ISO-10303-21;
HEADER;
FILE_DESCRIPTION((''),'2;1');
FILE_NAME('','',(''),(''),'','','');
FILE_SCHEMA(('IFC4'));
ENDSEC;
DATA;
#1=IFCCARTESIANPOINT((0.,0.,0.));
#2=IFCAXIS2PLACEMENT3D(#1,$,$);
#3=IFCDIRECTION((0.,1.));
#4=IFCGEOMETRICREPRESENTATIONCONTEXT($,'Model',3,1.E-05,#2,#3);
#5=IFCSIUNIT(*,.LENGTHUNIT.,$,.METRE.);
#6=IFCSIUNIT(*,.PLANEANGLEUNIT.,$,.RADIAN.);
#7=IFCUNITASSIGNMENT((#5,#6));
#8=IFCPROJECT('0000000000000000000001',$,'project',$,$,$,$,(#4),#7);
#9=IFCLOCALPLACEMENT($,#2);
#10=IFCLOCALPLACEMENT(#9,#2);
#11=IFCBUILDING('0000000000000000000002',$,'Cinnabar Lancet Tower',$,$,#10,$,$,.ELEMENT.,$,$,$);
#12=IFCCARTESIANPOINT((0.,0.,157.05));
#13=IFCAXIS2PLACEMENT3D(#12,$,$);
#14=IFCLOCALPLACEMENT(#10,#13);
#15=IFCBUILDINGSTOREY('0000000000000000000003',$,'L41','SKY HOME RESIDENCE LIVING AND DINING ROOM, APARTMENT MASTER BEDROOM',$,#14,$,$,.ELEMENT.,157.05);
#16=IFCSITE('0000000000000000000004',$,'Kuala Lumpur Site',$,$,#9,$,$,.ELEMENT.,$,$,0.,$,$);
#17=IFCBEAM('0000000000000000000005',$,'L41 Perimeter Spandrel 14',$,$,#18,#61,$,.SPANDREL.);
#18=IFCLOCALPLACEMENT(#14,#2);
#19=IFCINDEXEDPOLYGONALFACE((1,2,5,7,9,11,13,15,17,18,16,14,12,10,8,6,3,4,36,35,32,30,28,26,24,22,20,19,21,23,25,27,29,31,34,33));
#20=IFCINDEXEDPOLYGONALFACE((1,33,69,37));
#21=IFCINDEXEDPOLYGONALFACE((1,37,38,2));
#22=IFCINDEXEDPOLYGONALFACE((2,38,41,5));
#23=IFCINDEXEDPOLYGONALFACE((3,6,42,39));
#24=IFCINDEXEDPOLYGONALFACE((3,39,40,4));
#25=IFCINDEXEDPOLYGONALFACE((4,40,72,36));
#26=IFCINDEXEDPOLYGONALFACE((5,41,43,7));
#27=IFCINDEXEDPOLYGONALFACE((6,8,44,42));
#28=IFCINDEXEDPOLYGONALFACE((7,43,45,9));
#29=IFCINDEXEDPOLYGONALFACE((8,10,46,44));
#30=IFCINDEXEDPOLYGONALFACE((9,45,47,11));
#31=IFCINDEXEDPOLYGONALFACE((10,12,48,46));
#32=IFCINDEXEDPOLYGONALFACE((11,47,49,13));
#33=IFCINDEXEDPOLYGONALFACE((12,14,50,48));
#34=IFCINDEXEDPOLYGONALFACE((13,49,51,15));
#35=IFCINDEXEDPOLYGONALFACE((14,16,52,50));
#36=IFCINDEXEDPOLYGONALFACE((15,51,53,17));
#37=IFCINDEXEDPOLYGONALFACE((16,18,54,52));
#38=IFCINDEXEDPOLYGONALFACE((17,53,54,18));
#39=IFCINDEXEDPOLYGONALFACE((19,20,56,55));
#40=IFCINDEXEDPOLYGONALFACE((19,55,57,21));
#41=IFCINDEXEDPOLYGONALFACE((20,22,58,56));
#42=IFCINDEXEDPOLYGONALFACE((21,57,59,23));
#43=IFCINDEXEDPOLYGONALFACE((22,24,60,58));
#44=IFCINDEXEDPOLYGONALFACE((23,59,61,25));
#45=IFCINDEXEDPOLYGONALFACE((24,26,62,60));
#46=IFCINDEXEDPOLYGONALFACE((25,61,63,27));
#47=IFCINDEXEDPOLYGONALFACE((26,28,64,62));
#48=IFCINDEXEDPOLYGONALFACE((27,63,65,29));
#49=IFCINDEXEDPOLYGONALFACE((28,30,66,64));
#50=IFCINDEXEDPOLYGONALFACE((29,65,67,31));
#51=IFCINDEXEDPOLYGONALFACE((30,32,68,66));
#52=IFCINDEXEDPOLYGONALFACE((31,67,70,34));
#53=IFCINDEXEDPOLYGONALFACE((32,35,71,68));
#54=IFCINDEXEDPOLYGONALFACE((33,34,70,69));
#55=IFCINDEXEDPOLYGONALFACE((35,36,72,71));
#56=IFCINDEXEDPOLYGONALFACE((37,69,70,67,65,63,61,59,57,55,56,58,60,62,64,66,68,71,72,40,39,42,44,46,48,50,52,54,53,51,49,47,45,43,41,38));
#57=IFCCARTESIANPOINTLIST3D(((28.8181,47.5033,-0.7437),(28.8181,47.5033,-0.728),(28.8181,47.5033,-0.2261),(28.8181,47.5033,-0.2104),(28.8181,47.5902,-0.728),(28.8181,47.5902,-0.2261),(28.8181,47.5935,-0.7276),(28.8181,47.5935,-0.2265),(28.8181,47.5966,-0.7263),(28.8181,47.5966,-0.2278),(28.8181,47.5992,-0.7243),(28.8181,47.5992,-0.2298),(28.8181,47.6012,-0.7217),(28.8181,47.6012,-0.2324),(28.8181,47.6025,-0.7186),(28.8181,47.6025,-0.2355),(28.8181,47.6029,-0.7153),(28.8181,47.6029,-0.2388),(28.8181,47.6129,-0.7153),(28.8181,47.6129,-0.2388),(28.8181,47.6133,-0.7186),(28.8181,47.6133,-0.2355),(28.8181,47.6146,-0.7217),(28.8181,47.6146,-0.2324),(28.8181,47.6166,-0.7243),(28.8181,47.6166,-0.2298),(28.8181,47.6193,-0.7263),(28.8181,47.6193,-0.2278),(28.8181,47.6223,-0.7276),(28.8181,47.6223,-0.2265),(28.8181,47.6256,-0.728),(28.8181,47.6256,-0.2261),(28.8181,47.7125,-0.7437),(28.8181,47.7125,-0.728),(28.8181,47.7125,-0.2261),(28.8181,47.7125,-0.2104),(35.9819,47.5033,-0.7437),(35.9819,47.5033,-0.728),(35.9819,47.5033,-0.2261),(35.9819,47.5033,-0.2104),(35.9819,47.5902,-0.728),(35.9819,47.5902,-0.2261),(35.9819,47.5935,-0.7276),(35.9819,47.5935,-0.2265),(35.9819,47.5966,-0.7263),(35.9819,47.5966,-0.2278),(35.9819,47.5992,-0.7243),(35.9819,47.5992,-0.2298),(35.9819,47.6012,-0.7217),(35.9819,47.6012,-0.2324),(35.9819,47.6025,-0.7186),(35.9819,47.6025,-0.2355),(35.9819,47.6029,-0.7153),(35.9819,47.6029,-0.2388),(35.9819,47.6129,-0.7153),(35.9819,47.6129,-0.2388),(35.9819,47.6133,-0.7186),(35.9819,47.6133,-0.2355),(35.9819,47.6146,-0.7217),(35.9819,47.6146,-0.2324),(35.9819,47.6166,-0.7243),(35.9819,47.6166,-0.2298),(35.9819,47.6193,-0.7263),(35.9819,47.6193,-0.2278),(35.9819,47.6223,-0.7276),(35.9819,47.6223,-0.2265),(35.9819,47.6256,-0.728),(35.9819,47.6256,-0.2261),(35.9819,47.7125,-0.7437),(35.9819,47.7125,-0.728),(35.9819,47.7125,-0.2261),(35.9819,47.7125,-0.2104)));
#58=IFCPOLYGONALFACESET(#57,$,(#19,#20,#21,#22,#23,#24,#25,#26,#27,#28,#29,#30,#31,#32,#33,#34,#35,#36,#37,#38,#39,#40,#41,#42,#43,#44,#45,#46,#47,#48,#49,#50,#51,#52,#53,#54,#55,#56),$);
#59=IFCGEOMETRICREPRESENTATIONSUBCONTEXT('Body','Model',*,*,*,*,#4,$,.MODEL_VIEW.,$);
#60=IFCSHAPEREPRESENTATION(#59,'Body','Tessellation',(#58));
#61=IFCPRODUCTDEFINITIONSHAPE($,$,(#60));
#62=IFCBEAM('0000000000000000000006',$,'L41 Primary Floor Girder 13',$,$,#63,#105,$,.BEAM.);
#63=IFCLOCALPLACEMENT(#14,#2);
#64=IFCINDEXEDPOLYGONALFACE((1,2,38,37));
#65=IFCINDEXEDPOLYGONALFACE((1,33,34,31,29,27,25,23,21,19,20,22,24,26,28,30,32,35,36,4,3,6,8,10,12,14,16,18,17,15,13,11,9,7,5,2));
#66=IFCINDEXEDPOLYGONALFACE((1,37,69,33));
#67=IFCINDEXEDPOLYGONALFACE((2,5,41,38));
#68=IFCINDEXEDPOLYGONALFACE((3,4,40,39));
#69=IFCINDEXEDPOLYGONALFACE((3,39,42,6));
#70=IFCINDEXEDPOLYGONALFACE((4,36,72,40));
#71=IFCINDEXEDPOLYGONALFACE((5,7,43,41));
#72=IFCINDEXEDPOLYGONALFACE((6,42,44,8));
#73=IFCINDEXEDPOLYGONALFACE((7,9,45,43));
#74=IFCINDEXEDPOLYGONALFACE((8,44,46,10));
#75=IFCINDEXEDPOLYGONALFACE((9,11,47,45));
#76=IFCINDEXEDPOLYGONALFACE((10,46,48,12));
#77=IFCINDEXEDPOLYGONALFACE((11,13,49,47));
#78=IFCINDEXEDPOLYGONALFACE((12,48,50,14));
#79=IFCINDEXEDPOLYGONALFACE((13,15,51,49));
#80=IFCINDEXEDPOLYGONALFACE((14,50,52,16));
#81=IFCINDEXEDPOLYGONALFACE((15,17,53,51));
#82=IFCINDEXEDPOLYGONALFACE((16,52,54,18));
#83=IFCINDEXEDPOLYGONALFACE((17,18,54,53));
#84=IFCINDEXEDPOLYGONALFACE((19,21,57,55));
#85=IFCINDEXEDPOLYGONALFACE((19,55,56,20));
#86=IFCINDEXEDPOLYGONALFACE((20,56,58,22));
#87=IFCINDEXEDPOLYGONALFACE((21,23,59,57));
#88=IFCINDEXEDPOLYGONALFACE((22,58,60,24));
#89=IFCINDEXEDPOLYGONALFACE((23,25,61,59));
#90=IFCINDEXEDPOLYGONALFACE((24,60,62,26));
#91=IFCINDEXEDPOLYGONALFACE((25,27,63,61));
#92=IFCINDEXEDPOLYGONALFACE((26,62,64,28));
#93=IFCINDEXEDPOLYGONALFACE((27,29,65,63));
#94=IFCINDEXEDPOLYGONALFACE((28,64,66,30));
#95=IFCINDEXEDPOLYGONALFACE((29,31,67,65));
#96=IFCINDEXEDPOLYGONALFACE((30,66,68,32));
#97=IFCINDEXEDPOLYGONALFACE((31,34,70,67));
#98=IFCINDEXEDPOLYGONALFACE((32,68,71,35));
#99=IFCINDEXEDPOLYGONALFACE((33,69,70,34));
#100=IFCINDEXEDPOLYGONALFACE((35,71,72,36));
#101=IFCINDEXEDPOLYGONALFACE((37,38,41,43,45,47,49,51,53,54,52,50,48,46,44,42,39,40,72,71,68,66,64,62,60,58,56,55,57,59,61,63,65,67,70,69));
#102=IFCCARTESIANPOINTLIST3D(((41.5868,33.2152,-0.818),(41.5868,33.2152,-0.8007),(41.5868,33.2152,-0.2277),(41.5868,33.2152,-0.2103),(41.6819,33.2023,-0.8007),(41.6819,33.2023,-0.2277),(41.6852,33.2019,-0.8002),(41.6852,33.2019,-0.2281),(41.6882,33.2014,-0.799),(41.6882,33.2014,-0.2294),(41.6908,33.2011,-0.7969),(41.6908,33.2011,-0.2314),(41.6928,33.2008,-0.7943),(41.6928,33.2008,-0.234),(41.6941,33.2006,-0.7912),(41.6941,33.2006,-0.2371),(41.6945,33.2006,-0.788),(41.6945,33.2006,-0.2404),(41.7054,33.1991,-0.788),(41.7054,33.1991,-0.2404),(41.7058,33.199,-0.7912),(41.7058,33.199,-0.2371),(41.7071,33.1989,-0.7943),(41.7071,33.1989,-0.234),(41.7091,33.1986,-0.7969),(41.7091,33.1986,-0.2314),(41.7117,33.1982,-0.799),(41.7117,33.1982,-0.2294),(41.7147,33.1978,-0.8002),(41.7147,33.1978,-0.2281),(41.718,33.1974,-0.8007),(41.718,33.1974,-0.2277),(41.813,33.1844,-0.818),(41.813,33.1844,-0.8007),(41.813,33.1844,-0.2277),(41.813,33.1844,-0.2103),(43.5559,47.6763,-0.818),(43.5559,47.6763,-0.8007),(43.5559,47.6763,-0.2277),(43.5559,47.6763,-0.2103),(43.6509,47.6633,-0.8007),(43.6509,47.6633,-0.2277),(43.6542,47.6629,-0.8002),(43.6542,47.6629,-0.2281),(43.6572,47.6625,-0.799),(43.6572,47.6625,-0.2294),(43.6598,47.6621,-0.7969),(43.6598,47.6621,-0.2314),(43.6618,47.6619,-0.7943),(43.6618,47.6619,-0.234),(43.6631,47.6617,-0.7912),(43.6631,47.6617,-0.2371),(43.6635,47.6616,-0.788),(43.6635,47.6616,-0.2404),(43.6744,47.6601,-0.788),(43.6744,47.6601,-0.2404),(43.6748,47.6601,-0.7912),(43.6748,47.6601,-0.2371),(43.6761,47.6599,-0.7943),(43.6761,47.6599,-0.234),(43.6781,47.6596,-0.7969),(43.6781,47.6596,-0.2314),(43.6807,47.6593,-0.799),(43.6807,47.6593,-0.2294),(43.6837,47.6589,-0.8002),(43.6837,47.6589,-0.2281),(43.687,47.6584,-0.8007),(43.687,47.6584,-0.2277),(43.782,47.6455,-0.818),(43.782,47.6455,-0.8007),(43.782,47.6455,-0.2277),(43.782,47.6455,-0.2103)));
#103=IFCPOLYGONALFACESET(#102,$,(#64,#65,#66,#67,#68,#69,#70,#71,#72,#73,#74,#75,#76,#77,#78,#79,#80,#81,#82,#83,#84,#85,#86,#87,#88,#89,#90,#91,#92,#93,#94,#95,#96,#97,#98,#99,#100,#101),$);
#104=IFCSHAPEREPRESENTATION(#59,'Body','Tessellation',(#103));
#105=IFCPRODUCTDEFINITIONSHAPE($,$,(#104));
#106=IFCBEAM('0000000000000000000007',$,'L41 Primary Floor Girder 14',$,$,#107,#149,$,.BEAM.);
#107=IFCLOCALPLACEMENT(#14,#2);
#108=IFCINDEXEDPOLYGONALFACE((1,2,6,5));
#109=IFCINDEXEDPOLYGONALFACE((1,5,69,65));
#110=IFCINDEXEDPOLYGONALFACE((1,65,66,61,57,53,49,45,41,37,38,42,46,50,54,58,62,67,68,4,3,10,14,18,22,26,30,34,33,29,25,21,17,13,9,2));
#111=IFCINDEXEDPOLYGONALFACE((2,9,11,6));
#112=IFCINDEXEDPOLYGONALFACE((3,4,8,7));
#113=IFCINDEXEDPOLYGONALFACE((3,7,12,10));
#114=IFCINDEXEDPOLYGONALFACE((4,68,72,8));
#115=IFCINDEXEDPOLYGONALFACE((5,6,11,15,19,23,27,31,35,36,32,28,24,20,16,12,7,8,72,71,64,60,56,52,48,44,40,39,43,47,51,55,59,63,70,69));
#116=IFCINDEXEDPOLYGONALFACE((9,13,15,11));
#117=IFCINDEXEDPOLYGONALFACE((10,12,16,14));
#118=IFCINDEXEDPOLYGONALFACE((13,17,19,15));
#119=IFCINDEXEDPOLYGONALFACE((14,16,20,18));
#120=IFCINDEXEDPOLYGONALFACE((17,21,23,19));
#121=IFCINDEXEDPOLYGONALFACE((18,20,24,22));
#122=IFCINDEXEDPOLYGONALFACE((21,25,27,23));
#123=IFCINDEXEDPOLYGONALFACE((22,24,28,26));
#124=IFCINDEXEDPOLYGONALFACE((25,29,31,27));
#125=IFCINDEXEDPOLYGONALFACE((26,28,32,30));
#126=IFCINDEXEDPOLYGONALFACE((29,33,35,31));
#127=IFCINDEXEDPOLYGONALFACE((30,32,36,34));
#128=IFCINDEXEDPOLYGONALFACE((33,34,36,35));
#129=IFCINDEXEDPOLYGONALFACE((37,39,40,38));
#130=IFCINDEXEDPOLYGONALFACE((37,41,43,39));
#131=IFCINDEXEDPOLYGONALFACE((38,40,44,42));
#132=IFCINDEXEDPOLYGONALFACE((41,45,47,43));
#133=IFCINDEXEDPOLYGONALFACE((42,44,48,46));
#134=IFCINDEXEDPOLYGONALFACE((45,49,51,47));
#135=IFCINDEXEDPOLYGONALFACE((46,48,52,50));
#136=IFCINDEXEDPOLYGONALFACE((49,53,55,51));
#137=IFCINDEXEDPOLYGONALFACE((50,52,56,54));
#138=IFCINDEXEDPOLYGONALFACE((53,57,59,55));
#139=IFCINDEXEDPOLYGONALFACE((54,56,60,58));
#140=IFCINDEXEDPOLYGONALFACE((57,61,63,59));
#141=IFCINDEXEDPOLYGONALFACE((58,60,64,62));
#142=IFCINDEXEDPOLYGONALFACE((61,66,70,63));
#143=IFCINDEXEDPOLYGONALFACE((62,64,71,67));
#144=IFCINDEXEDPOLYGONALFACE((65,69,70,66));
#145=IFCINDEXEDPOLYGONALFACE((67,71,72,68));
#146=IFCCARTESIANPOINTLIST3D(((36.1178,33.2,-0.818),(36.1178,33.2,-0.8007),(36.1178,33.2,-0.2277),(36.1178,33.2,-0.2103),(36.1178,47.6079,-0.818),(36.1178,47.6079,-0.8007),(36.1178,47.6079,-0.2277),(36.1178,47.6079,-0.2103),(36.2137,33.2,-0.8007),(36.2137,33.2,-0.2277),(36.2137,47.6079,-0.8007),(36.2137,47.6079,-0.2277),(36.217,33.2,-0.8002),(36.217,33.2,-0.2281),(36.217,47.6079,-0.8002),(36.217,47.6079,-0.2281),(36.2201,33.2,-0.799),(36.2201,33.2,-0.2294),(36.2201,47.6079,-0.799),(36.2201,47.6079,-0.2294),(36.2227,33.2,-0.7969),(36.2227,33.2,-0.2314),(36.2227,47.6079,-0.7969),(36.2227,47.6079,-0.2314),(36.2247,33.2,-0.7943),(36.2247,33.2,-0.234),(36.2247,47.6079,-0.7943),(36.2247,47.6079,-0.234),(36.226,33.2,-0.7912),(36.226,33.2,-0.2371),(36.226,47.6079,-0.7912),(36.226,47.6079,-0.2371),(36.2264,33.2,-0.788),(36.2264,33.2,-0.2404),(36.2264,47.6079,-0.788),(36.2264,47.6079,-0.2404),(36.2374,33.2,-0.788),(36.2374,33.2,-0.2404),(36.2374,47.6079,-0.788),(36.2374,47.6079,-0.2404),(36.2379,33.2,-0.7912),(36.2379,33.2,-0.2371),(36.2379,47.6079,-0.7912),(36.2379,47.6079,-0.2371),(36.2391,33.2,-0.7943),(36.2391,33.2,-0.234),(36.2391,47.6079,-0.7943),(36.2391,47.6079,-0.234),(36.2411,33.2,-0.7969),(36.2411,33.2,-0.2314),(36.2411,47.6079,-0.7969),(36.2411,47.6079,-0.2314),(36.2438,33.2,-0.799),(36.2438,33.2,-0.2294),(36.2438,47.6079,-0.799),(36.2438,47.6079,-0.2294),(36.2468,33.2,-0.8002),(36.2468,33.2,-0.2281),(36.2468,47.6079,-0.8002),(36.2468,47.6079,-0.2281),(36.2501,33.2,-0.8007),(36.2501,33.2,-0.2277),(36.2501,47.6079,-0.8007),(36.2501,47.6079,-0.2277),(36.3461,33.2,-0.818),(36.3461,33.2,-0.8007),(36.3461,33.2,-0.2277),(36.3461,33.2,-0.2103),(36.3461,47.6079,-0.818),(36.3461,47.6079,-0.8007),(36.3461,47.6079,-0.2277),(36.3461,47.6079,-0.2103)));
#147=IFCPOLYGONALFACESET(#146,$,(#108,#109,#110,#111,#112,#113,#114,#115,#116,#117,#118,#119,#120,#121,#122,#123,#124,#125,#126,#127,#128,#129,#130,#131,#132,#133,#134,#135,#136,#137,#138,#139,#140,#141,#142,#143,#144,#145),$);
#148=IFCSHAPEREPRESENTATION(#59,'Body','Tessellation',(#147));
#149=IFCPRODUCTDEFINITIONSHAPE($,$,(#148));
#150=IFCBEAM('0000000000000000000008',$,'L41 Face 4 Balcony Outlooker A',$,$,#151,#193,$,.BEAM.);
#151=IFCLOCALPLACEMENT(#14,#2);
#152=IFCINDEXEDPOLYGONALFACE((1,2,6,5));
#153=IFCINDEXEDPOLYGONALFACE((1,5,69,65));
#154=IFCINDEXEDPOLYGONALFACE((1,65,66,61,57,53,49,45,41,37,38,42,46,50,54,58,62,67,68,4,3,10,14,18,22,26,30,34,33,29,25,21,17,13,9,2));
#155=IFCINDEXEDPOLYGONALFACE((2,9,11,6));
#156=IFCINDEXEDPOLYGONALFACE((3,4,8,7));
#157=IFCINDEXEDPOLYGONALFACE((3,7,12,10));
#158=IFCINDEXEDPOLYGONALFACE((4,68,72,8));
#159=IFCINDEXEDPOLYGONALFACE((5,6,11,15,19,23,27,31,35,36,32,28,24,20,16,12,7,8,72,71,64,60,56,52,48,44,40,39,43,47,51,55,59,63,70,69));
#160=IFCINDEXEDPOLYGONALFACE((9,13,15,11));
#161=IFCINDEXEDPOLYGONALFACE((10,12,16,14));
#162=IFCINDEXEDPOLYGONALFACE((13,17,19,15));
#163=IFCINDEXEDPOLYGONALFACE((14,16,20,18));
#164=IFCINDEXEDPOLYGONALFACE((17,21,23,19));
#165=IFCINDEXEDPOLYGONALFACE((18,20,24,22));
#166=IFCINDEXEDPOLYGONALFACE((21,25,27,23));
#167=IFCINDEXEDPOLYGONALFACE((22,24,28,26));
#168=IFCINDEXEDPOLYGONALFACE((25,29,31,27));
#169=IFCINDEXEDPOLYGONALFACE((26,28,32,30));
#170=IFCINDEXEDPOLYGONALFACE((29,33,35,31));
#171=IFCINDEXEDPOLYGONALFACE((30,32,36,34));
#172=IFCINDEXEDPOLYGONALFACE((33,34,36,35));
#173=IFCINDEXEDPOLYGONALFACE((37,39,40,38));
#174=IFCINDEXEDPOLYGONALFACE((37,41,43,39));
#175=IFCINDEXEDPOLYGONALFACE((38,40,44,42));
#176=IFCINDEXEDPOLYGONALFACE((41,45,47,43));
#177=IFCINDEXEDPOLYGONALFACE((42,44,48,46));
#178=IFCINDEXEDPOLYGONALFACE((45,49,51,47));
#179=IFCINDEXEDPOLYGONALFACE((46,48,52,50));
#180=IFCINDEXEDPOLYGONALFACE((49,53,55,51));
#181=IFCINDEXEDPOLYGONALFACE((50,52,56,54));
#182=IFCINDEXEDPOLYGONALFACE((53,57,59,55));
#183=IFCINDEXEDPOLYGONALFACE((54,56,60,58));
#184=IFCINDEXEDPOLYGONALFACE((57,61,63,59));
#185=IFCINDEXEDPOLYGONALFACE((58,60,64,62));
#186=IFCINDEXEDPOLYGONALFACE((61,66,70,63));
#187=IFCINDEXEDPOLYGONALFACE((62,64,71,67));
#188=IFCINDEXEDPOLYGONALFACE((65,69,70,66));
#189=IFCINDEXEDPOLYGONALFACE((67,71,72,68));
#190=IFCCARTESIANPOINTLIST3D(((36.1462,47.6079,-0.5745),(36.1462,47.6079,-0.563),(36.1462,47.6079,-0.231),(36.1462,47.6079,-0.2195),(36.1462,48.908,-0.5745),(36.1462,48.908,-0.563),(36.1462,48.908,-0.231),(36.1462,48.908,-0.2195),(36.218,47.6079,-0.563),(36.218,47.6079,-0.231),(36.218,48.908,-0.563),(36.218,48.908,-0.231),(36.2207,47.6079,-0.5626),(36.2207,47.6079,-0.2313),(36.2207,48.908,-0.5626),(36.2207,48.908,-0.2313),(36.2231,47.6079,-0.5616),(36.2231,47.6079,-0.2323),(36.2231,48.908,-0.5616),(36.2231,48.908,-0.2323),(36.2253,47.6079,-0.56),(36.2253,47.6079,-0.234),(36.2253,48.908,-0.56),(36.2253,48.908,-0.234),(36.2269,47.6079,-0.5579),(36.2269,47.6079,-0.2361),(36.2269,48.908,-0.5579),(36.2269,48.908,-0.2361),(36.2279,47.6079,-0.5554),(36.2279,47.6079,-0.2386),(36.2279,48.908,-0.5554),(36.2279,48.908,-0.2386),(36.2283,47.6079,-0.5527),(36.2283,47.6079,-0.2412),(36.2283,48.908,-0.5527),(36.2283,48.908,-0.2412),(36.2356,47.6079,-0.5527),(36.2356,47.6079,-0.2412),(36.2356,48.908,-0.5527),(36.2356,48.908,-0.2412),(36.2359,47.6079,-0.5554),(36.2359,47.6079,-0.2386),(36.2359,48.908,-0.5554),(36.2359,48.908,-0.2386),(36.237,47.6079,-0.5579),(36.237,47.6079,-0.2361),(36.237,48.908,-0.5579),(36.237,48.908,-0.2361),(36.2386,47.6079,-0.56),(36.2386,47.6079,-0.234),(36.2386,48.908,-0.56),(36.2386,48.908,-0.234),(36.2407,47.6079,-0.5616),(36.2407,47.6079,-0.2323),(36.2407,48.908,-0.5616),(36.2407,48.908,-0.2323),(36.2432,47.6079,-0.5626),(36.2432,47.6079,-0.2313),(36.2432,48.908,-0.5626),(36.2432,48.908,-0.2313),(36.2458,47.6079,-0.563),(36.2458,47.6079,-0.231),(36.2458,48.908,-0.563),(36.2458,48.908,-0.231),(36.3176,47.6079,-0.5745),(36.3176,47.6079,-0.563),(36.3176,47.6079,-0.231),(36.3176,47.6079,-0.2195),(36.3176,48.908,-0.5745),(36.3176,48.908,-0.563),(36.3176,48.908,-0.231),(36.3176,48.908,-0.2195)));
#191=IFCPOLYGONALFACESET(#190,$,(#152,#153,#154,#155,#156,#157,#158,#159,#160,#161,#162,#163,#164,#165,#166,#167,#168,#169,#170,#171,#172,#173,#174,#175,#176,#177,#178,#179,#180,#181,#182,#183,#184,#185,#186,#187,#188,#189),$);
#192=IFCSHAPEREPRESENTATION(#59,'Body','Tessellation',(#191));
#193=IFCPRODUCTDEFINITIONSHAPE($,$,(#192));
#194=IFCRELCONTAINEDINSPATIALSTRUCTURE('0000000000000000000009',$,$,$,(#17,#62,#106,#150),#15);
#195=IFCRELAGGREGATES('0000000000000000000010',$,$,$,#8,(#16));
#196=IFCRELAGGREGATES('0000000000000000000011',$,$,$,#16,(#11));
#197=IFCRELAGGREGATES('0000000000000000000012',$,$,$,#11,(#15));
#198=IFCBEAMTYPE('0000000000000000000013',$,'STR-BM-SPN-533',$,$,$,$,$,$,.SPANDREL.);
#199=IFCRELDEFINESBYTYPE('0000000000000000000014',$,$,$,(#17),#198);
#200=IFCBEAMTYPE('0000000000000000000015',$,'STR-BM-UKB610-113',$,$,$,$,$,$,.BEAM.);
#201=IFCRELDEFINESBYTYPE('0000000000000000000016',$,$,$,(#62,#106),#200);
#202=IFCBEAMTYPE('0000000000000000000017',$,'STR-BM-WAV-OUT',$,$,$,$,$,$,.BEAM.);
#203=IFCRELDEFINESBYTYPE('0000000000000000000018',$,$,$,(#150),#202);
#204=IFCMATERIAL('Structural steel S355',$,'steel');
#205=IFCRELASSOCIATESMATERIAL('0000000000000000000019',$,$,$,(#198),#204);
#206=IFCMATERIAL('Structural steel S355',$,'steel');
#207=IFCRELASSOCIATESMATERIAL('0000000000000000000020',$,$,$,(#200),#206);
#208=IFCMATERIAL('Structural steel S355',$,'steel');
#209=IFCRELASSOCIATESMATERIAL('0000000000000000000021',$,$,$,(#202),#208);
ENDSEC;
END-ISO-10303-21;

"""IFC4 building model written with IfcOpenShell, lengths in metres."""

from ifc_helpers import new_model, si_unit, direction, frame, origin, origin_2d, place, context, subcontext, project, spatial, i_section, extrude, material, material_profile, profile_set, type_object, element, save


model = new_model("IFC4")

# Units and contexts
model_context = context("Model", 3, precision=1e-05, world=origin(), true_north=direction((0.0, 1.0)))
body_context = subcontext(model_context, "Body", "Model", "MODEL_VIEW")
ifc_project = project(units=[si_unit("LENGTHUNIT", "METRE"), si_unit("PLANEANGLEUNIT", "RADIAN")], contexts=[model_context])

# Site, building, storey
site_placement = place(None, origin())
site = spatial("IfcSite", under=ifc_project, at=site_placement, Name="Kuala Lumpur Site", CompositionType="ELEMENT", RefElevation=0.0)
building_placement = place(site_placement, origin())
building = spatial("IfcBuilding", under=site, at=building_placement, Name="Cinnabar Lancet Tower", CompositionType="ELEMENT")
storey_placement = place(building_placement, frame((0.0, 0.0, 157.05)))
storey = spatial("IfcBuildingStorey", under=building, at=storey_placement, Name="L41", Description="SKY HOME RESIDENCE LIVING AND DINING ROOM, APARTMENT MASTER BEDROOM", CompositionType="ELEMENT", Elevation=157.05)

# Beams
ifc_material_1 = material(Name="Structural steel S355", Category="steel")
ifc_material_profile_1 = material_profile(ifc_material_1, i_section(OverallWidth=0.2092, OverallDepth=0.5332, WebThickness=0.01, FlangeThickness=0.0156, FilletRadius=0.0127, at=origin_2d()), Name="UKB 533x210x92")
ifc_profile_set_1 = profile_set([ifc_material_profile_1], Name="Structural steel S355")
beam_type_1 = type_object("IfcBeamType", Name="STR-BM-SPN-533", PredefinedType="SPANDREL", material=ifc_profile_set_1)
beam_1_placement = place(storey_placement, frame((35.9819, 47.6079, -0.4771), z_axis=(-1.0, 0.0, 0.0), x_axis=(0.0, -1.0, 0.0)))
element("IfcBeam", 1, at=beam_1_placement, inside=storey, type_object=beam_type_1, Name="L41 Perimeter Spandrel 14", PredefinedType="SPANDREL", context=body_context, shape_type="SweptSolid", body=[
    extrude(i_section(OverallWidth=0.2092, OverallDepth=0.5332, WebThickness=0.01, FlangeThickness=0.0156, FilletRadius=0.0127, at=origin_2d()), origin(), (0.0, 0.0, 1.0), 7.1638),
])
ifc_material_2 = material(Name="Structural steel S355", Category="steel")
ifc_material_profile_2 = material_profile(ifc_material_2, i_section(OverallWidth=0.2283, OverallDepth=0.6077, WebThickness=0.011, FlangeThickness=0.0173, FilletRadius=0.0127, at=origin_2d()), Name="UKB 610x229x113")
ifc_profile_set_2 = profile_set([ifc_material_profile_2], Name="Structural steel S355")
beam_type_2 = type_object("IfcBeamType", Name="STR-BM-UKB610-113", PredefinedType="BEAM", material=ifc_profile_set_2)
beam_2_placement = place(storey_placement, frame((43.6689, 47.6609, -0.5142), z_axis=(-0.134915, -0.990857, 0.0), x_axis=(0.990857, -0.134915, 0.0)))
element("IfcBeam", 2, at=beam_2_placement, inside=storey, type_object=beam_type_2, Name="L41 Primary Floor Girder 13", PredefinedType="BEAM", context=body_context, shape_type="SweptSolid", body=[
    extrude(i_section(OverallWidth=0.2283, OverallDepth=0.6077, WebThickness=0.011, FlangeThickness=0.0173, FilletRadius=0.0127, at=origin_2d()), origin(), (0.0, 0.0, 1.0), 14.5945),
])
beam_3_placement = place(storey_placement, frame((36.2319, 47.6079, -0.5142), z_axis=(0.0, -1.0, 0.0), x_axis=(1.0, 0.0, 0.0)))
element("IfcBeam", 3, at=beam_3_placement, inside=storey, type_object=beam_type_2, Name="L41 Primary Floor Girder 14", PredefinedType="BEAM", context=body_context, shape_type="SweptSolid", body=[
    extrude(i_section(OverallWidth=0.2283, OverallDepth=0.6077, WebThickness=0.011, FlangeThickness=0.0173, FilletRadius=0.0127, at=origin_2d()), origin(), (0.0, 0.0, 1.0), 14.408),
])
ifc_material_3 = material(Name="Structural steel S355", Category="steel")
ifc_material_profile_3 = material_profile(ifc_material_3, i_section(OverallWidth=0.1714, OverallDepth=0.355, WebThickness=0.0073, FlangeThickness=0.0115, FilletRadius=0.0103, at=origin_2d()), Name="UKB 356x171x51")
ifc_profile_set_3 = profile_set([ifc_material_profile_3], Name="Structural steel S355")
beam_type_3 = type_object("IfcBeamType", Name="STR-BM-WAV-OUT", PredefinedType="BEAM", material=ifc_profile_set_3)
beam_4_placement = place(storey_placement, frame((36.2319, 47.6079, -0.397), z_axis=(0.0, 1.0, 0.0), x_axis=(-1.0, 0.0, 0.0)))
element("IfcBeam", 4, at=beam_4_placement, inside=storey, type_object=beam_type_3, Name="L41 Face 4 Balcony Outlooker A", PredefinedType="BEAM", context=body_context, shape_type="SweptSolid", body=[
    extrude(i_section(OverallWidth=0.1714, OverallDepth=0.355, WebThickness=0.0073, FlangeThickness=0.0115, FilletRadius=0.0103, at=origin_2d()), origin(), (0.0, 0.0, 1.0), 1.3),
])

save(model, "model.ifc")
